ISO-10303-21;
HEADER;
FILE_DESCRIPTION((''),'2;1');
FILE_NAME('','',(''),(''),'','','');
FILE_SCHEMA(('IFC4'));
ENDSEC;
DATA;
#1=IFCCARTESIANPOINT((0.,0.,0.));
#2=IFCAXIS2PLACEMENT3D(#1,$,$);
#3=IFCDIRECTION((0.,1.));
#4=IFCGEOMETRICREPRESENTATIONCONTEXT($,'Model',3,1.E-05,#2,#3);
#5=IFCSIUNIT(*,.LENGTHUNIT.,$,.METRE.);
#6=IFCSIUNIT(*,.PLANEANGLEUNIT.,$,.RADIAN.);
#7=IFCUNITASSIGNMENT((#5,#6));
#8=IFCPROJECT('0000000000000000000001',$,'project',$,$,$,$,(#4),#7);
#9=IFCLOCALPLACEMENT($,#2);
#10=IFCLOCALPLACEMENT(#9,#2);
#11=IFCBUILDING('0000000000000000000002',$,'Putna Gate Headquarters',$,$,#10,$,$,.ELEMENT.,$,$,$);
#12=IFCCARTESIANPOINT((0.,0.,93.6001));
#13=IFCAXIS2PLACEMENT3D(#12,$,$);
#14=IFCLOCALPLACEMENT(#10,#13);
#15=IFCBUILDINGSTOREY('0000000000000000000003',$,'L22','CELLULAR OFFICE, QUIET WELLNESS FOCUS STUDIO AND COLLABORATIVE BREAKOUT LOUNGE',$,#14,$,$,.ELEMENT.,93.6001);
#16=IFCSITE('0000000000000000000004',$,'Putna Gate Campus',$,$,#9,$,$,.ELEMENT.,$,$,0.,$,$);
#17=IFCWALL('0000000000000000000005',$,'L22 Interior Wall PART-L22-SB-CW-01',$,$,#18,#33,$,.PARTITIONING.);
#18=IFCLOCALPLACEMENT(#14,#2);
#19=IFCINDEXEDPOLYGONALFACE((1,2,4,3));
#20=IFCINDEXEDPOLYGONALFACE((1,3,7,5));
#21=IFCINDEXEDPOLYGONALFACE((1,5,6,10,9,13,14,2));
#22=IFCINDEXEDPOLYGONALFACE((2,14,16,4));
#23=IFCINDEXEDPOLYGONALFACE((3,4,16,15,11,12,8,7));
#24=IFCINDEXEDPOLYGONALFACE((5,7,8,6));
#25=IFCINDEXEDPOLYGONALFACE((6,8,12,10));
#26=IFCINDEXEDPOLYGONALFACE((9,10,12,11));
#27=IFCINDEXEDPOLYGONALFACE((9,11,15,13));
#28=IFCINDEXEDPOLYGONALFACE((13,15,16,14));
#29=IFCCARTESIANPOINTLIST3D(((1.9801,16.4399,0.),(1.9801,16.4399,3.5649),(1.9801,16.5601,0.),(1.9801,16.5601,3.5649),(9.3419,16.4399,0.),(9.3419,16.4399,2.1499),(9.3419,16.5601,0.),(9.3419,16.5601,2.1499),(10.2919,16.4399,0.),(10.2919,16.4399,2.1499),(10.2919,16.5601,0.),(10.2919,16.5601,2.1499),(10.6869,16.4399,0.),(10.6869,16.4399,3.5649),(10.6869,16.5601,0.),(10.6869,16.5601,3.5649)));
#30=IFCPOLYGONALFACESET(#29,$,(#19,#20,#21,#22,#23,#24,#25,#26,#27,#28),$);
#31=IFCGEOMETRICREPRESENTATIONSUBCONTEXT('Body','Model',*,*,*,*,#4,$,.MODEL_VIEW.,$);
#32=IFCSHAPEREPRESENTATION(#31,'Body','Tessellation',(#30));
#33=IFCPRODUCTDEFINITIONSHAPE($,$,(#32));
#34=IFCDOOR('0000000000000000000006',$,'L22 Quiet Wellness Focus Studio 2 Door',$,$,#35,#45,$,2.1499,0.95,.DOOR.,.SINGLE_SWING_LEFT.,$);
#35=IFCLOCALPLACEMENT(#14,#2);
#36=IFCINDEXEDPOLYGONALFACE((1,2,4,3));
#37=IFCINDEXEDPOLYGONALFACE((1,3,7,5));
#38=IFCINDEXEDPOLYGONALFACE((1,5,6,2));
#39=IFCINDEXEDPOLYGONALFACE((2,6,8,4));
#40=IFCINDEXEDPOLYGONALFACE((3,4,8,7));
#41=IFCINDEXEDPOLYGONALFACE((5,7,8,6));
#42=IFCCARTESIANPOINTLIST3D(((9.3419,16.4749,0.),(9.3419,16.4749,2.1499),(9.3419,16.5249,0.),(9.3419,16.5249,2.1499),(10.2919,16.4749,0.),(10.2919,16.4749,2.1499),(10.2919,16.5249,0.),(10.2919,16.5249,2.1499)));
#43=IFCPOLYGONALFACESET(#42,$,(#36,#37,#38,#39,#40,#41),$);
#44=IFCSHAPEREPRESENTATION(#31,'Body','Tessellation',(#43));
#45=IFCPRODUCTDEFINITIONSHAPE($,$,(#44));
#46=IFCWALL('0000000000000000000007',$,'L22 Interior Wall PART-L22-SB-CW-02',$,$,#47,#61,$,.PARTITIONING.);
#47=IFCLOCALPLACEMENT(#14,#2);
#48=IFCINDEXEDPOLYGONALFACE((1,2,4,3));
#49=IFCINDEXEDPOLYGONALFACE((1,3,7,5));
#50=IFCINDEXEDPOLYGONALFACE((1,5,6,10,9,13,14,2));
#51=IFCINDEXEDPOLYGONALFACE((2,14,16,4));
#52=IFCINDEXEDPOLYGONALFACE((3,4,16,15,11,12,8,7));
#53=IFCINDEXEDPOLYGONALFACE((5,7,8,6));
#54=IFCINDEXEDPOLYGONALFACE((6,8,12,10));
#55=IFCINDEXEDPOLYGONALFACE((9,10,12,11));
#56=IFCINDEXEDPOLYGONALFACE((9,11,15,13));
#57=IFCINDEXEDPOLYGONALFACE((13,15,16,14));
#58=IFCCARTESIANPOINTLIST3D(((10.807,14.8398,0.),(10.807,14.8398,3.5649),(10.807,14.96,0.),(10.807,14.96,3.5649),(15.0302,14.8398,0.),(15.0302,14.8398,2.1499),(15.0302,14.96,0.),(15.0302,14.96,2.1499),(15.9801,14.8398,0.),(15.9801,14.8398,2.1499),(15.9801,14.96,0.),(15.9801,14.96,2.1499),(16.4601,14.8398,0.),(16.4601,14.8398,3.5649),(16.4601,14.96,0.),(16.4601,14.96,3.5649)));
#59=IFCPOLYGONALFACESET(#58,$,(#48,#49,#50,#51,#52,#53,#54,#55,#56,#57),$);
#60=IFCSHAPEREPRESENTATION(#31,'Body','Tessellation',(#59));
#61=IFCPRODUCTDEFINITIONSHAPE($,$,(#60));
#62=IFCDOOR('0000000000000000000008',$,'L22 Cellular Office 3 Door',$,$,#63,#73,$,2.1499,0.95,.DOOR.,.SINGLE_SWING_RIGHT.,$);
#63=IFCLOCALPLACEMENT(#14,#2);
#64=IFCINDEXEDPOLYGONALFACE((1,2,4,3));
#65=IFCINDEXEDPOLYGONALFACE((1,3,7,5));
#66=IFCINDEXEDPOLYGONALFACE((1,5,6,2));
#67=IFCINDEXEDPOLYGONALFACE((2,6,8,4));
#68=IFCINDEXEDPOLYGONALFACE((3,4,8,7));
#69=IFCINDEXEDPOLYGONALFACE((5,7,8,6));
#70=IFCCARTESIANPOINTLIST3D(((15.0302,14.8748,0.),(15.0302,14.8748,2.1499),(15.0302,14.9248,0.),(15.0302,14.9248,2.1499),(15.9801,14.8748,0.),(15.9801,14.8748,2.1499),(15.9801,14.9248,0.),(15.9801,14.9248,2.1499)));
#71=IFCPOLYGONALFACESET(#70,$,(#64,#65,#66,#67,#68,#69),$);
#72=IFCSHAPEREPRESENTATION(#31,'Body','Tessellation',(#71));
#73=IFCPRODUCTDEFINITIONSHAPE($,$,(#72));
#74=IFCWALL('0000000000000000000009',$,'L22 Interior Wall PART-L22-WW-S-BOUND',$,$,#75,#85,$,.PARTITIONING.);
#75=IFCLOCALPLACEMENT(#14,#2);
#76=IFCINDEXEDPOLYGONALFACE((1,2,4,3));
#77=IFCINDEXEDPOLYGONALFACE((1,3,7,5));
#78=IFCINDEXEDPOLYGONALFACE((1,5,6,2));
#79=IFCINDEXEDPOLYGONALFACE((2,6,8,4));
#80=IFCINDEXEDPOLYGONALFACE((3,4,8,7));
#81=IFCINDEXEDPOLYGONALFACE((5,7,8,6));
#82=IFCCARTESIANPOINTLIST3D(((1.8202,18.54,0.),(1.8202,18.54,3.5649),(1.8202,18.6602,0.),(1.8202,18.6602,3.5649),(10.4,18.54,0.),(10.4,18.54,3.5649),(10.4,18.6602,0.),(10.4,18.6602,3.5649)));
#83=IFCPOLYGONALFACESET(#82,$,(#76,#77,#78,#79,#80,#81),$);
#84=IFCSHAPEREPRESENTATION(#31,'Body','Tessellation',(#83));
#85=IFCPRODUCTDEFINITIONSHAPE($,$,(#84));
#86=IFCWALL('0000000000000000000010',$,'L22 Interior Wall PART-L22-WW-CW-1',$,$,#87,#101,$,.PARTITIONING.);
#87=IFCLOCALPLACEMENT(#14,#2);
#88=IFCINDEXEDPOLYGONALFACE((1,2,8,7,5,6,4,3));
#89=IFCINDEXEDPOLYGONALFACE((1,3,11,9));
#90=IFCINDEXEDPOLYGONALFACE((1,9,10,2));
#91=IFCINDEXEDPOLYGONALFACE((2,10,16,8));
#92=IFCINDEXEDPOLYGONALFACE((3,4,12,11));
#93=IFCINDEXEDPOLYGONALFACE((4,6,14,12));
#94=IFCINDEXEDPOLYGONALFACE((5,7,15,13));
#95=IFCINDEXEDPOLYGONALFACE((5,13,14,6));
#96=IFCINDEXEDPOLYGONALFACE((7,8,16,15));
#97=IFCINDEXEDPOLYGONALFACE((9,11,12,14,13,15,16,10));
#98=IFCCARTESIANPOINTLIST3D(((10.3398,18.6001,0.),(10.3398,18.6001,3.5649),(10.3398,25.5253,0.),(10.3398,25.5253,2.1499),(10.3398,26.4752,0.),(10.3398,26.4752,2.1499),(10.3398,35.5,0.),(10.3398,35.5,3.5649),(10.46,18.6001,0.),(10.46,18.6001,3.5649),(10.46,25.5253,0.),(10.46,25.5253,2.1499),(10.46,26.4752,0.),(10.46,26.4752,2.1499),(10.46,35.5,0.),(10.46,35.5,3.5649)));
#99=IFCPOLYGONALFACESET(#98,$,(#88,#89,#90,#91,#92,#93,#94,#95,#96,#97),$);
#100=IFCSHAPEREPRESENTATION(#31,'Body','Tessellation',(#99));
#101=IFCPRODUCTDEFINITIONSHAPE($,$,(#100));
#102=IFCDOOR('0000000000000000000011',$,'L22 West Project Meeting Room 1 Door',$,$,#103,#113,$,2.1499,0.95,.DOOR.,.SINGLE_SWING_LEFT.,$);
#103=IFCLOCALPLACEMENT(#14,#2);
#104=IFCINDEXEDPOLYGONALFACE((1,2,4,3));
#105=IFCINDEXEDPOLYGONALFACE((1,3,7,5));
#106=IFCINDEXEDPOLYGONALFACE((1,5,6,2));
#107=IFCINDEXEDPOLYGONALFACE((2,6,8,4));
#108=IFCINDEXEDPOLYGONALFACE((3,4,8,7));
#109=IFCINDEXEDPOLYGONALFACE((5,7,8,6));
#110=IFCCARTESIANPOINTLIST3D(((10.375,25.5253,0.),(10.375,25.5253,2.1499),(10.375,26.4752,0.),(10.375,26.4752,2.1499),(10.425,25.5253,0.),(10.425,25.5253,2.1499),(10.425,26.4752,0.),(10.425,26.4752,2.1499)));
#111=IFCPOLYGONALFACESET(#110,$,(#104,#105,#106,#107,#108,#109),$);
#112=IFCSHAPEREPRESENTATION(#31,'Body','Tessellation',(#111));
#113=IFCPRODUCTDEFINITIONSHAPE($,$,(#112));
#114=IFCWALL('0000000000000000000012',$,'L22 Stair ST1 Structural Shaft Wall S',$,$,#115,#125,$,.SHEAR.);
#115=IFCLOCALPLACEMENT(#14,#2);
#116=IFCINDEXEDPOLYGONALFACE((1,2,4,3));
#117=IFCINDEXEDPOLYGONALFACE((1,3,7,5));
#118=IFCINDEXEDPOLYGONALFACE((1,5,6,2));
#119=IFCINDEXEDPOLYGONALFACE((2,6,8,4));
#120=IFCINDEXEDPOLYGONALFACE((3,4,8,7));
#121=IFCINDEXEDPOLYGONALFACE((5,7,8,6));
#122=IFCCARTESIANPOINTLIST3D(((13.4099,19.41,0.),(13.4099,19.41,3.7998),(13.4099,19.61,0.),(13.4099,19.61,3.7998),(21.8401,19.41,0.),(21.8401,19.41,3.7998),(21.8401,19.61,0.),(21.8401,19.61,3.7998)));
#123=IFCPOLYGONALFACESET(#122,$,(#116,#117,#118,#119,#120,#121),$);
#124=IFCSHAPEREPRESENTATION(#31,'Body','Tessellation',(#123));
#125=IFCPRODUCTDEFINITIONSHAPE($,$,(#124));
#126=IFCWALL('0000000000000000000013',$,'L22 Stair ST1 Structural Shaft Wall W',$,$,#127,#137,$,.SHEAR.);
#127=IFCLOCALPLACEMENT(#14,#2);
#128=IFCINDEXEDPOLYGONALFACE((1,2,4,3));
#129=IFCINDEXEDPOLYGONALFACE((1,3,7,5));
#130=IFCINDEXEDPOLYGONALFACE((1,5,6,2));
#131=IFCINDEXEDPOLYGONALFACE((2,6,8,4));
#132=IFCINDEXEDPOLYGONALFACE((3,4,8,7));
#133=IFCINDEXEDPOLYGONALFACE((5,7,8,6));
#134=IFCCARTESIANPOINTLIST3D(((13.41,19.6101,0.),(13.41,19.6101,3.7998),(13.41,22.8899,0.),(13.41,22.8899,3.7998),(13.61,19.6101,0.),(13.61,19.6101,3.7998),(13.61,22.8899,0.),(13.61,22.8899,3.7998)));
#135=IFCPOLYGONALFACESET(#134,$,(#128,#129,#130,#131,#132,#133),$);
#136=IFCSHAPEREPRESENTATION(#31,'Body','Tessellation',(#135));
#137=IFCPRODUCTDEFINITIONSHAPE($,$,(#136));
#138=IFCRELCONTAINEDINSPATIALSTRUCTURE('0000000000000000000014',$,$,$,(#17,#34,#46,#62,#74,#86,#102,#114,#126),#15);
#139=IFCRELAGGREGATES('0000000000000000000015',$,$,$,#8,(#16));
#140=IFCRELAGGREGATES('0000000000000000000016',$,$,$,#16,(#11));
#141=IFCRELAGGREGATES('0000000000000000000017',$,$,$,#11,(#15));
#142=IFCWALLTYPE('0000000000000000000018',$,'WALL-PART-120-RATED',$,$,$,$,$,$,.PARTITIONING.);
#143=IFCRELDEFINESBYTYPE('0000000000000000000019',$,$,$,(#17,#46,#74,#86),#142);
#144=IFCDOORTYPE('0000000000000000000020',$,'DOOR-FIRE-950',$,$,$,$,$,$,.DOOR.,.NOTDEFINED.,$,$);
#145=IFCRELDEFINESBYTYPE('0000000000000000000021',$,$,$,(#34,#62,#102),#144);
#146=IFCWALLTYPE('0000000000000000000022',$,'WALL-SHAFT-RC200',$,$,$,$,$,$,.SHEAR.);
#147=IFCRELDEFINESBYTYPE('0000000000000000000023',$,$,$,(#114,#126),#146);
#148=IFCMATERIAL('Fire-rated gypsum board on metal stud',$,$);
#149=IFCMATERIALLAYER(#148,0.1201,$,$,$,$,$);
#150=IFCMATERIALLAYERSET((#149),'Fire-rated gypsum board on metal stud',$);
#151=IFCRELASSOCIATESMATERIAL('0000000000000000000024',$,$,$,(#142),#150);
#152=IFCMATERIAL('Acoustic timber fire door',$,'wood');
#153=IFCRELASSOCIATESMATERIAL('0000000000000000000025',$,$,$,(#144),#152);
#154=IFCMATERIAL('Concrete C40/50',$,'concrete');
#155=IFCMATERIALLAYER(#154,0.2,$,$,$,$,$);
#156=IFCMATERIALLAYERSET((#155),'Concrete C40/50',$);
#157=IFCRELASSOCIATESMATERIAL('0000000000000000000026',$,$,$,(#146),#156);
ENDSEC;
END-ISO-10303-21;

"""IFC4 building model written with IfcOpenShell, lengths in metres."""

from ifc_helpers import new_model, si_unit, direction, frame, frame_2d, origin, place, context, subcontext, project, spatial, rectangle, extrude, material, layer, layer_set, type_object, element, fill, save


model = new_model("IFC4")

# Units and contexts
model_context = context("Model", 3, precision=1e-05, world=origin(), true_north=direction((0.0, 1.0)))
body_context = subcontext(model_context, "Body", "Model", "MODEL_VIEW")
ifc_project = project(units=[si_unit("LENGTHUNIT", "METRE"), si_unit("PLANEANGLEUNIT", "RADIAN")], contexts=[model_context])

# Site, building, storey
site_placement = place(None, origin())
site = spatial("IfcSite", under=ifc_project, at=site_placement, Name="Putna Gate Campus", CompositionType="ELEMENT", RefElevation=0.0)
building_placement = place(site_placement, origin())
building = spatial("IfcBuilding", under=site, at=building_placement, Name="Putna Gate Headquarters", CompositionType="ELEMENT")
storey_placement = place(building_placement, frame((0.0, 0.0, 93.6001)))
storey = spatial("IfcBuildingStorey", under=building, at=storey_placement, Name="L22", Description="CELLULAR OFFICE, QUIET WELLNESS FOCUS STUDIO AND COLLABORATIVE BREAKOUT LOUNGE", CompositionType="ELEMENT", Elevation=93.6001)

# Shared definitions
ifc_material_1 = material(Name="Fire-rated gypsum board on metal stud")
ifc_layer_1 = layer(ifc_material_1, 0.1201)
ifc_layer_set_1 = layer_set([ifc_layer_1], Name="Fire-rated gypsum board on metal stud")
wall_type_1 = type_object("IfcWallType", Name="WALL-PART-120-RATED", PredefinedType="PARTITIONING", material=ifc_layer_set_1)

# Walls, openings, doors
wall_1_placement = place(storey_placement, frame((1.98, 16.5, 0.0), z_axis=(0.0, 0.0, 1.0), x_axis=(1.0, 0.0, 0.0)))
wall_1 = element("IfcWall", 1, at=wall_1_placement, inside=storey, type_object=wall_type_1, Name="L22 Interior Wall PART-L22-SB-CW-01", PredefinedType="PARTITIONING", context=body_context, shape_type="SweptSolid", body=[
    extrude(rectangle(XDim=8.7068, YDim=0.1201, at=frame_2d((4.3535, 0.0))), origin(), (0.0, 0.0, 1.0), 3.5649),
])
opening_1_placement = place(wall_1_placement, frame((7.3618, 0.0, 0.0)))
opening_1 = element("IfcOpeningElement", 2, at=opening_1_placement, cuts=wall_1, PredefinedType="OPENING", context=body_context, shape_type="SweptSolid", body=[
    extrude(rectangle(XDim=0.95, YDim=2.1499, at=frame_2d((0.4751, 1.075))), frame((0.0, 0.0701, 0.0), z_axis=(0.0, -1.0, 0.0), x_axis=(1.0, 0.0, 0.0)), (0.0, 0.0, 1.0), 0.1401),
])
ifc_material_2 = material(Name="Acoustic timber fire door", Category="wood")
door_type_1 = type_object("IfcDoorType", Name="DOOR-FIRE-950", OperationType="NOTDEFINED", PredefinedType="DOOR", material=ifc_material_2)
door_1_placement = place(opening_1_placement, origin())
door_1 = element("IfcDoor", 3, at=door_1_placement, inside=storey, type_object=door_type_1, Name="L22 Quiet Wellness Focus Studio 2 Door", OperationType="SINGLE_SWING_LEFT", OverallHeight=2.1499, OverallWidth=0.95, PredefinedType="DOOR", context=body_context, shape_type="SweptSolid", body=[
    extrude(rectangle(XDim=0.95, YDim=2.1499, at=frame_2d((0.4751, 1.075))), frame((0.0, 0.0249, 0.0), z_axis=(0.0, -1.0, 0.0), x_axis=(1.0, 0.0, 0.0)), (0.0, 0.0, 1.0), 0.05),
])
fill(opening_1, door_1)
wall_2_placement = place(storey_placement, frame((10.8069, 14.8999, 0.0), z_axis=(0.0, 0.0, 1.0), x_axis=(1.0, 0.0, 0.0)))
wall_2 = element("IfcWall", 4, at=wall_2_placement, inside=storey, type_object=wall_type_1, Name="L22 Interior Wall PART-L22-SB-CW-02", PredefinedType="PARTITIONING", context=body_context, shape_type="SweptSolid", body=[
    extrude(rectangle(XDim=5.6531, YDim=0.1201, at=frame_2d((2.8267, 0.0))), origin(), (0.0, 0.0, 1.0), 3.5649),
])
opening_2_placement = place(wall_2_placement, frame((4.2231, 0.0, 0.0)))
opening_2 = element("IfcOpeningElement", 5, at=opening_2_placement, cuts=wall_2, PredefinedType="OPENING", context=body_context, shape_type="SweptSolid", body=[
    extrude(rectangle(XDim=0.95, YDim=2.1499, at=frame_2d((0.4751, 1.075))), frame((0.0, 0.0701, 0.0), z_axis=(0.0, -1.0, 0.0), x_axis=(1.0, 0.0, 0.0)), (0.0, 0.0, 1.0), 0.1401),
])
door_2_placement = place(opening_2_placement, origin())
door_2 = element("IfcDoor", 6, at=door_2_placement, inside=storey, type_object=door_type_1, Name="L22 Cellular Office 3 Door", OperationType="SINGLE_SWING_RIGHT", OverallHeight=2.1499, OverallWidth=0.95, PredefinedType="DOOR", context=body_context, shape_type="SweptSolid", body=[
    extrude(rectangle(XDim=0.95, YDim=2.1499, at=frame_2d((0.4751, 1.075))), frame((0.0, 0.0249, 0.0), z_axis=(0.0, -1.0, 0.0), x_axis=(1.0, 0.0, 0.0)), (0.0, 0.0, 1.0), 0.05),
])
fill(opening_2, door_2)

# Wall
wall_3_placement = place(storey_placement, frame((1.8201, 18.6001, 0.0), z_axis=(0.0, 0.0, 1.0), x_axis=(1.0, 0.0, 0.0)))
element("IfcWall", 7, at=wall_3_placement, inside=storey, type_object=wall_type_1, Name="L22 Interior Wall PART-L22-WW-S-BOUND", PredefinedType="PARTITIONING", context=body_context, shape_type="SweptSolid", body=[
    extrude(rectangle(XDim=8.5798, YDim=0.1201, at=frame_2d((4.29, 0.0))), origin(), (0.0, 0.0, 1.0), 3.5649),
])

# Wall, opening, door
wall_4_placement = place(storey_placement, frame((10.3999, 18.6001, 0.0), z_axis=(0.0, 0.0, 1.0), x_axis=(0.0, 1.0, 0.0)))
wall_4 = element("IfcWall", 8, at=wall_4_placement, inside=storey, type_object=wall_type_1, Name="L22 Interior Wall PART-L22-WW-CW-1", PredefinedType="PARTITIONING", context=body_context, shape_type="SweptSolid", body=[
    extrude(rectangle(XDim=16.8999, YDim=0.1201, at=frame_2d((8.45, 0.0))), origin(), (0.0, 0.0, 1.0), 3.5649),
])
opening_3_placement = place(wall_4_placement, frame((6.925, 0.0, 0.0)))
opening_3 = element("IfcOpeningElement", 9, at=opening_3_placement, cuts=wall_4, PredefinedType="OPENING", context=body_context, shape_type="SweptSolid", body=[
    extrude(rectangle(XDim=0.95, YDim=2.1499, at=frame_2d((0.4751, 1.075))), frame((0.0, 0.0701, 0.0), z_axis=(0.0, -1.0, 0.0), x_axis=(1.0, 0.0, 0.0)), (0.0, 0.0, 1.0), 0.1401),
])
door_3_placement = place(opening_3_placement, origin())
door_3 = element("IfcDoor", 10, at=door_3_placement, inside=storey, type_object=door_type_1, Name="L22 West Project Meeting Room 1 Door", OperationType="SINGLE_SWING_LEFT", OverallHeight=2.1499, OverallWidth=0.95, PredefinedType="DOOR", context=body_context, shape_type="SweptSolid", body=[
    extrude(rectangle(XDim=0.95, YDim=2.1499, at=frame_2d((0.4751, 1.075))), frame((0.0, 0.0249, 0.0), z_axis=(0.0, -1.0, 0.0), x_axis=(1.0, 0.0, 0.0)), (0.0, 0.0, 1.0), 0.05),
])
fill(opening_3, door_3)

# Walls
ifc_material_3 = material(Name="Concrete C40/50", Category="concrete")
ifc_layer_2 = layer(ifc_material_3, 0.2)
ifc_layer_set_2 = layer_set([ifc_layer_2], Name="Concrete C40/50")
wall_type_2 = type_object("IfcWallType", Name="WALL-SHAFT-RC200", PredefinedType="SHEAR", material=ifc_layer_set_2)
wall_5_placement = place(storey_placement, frame((13.4099, 19.51, 0.0), z_axis=(0.0, 0.0, 1.0), x_axis=(1.0, 0.0, 0.0)))
element("IfcWall", 11, at=wall_5_placement, inside=storey, type_object=wall_type_2, Name="L22 Stair ST1 Structural Shaft Wall S", PredefinedType="SHEAR", context=body_context, shape_type="SweptSolid", body=[
    extrude(rectangle(XDim=8.4302, YDim=0.2, at=frame_2d((4.2151, 0.0))), origin(), (0.0, 0.0, 1.0), 3.7998),
])
wall_6_placement = place(storey_placement, frame((13.51, 19.6101, 0.0), z_axis=(0.0, 0.0, 1.0), x_axis=(0.0, 1.0, 0.0)))
element("IfcWall", 12, at=wall_6_placement, inside=storey, type_object=wall_type_2, Name="L22 Stair ST1 Structural Shaft Wall W", PredefinedType="SHEAR", context=body_context, shape_type="SweptSolid", body=[
    extrude(rectangle(XDim=3.2798, YDim=0.2, at=frame_2d((1.6399, 0.0))), origin(), (0.0, 0.0, 1.0), 3.7998),
])

save(model, "model.ifc")
